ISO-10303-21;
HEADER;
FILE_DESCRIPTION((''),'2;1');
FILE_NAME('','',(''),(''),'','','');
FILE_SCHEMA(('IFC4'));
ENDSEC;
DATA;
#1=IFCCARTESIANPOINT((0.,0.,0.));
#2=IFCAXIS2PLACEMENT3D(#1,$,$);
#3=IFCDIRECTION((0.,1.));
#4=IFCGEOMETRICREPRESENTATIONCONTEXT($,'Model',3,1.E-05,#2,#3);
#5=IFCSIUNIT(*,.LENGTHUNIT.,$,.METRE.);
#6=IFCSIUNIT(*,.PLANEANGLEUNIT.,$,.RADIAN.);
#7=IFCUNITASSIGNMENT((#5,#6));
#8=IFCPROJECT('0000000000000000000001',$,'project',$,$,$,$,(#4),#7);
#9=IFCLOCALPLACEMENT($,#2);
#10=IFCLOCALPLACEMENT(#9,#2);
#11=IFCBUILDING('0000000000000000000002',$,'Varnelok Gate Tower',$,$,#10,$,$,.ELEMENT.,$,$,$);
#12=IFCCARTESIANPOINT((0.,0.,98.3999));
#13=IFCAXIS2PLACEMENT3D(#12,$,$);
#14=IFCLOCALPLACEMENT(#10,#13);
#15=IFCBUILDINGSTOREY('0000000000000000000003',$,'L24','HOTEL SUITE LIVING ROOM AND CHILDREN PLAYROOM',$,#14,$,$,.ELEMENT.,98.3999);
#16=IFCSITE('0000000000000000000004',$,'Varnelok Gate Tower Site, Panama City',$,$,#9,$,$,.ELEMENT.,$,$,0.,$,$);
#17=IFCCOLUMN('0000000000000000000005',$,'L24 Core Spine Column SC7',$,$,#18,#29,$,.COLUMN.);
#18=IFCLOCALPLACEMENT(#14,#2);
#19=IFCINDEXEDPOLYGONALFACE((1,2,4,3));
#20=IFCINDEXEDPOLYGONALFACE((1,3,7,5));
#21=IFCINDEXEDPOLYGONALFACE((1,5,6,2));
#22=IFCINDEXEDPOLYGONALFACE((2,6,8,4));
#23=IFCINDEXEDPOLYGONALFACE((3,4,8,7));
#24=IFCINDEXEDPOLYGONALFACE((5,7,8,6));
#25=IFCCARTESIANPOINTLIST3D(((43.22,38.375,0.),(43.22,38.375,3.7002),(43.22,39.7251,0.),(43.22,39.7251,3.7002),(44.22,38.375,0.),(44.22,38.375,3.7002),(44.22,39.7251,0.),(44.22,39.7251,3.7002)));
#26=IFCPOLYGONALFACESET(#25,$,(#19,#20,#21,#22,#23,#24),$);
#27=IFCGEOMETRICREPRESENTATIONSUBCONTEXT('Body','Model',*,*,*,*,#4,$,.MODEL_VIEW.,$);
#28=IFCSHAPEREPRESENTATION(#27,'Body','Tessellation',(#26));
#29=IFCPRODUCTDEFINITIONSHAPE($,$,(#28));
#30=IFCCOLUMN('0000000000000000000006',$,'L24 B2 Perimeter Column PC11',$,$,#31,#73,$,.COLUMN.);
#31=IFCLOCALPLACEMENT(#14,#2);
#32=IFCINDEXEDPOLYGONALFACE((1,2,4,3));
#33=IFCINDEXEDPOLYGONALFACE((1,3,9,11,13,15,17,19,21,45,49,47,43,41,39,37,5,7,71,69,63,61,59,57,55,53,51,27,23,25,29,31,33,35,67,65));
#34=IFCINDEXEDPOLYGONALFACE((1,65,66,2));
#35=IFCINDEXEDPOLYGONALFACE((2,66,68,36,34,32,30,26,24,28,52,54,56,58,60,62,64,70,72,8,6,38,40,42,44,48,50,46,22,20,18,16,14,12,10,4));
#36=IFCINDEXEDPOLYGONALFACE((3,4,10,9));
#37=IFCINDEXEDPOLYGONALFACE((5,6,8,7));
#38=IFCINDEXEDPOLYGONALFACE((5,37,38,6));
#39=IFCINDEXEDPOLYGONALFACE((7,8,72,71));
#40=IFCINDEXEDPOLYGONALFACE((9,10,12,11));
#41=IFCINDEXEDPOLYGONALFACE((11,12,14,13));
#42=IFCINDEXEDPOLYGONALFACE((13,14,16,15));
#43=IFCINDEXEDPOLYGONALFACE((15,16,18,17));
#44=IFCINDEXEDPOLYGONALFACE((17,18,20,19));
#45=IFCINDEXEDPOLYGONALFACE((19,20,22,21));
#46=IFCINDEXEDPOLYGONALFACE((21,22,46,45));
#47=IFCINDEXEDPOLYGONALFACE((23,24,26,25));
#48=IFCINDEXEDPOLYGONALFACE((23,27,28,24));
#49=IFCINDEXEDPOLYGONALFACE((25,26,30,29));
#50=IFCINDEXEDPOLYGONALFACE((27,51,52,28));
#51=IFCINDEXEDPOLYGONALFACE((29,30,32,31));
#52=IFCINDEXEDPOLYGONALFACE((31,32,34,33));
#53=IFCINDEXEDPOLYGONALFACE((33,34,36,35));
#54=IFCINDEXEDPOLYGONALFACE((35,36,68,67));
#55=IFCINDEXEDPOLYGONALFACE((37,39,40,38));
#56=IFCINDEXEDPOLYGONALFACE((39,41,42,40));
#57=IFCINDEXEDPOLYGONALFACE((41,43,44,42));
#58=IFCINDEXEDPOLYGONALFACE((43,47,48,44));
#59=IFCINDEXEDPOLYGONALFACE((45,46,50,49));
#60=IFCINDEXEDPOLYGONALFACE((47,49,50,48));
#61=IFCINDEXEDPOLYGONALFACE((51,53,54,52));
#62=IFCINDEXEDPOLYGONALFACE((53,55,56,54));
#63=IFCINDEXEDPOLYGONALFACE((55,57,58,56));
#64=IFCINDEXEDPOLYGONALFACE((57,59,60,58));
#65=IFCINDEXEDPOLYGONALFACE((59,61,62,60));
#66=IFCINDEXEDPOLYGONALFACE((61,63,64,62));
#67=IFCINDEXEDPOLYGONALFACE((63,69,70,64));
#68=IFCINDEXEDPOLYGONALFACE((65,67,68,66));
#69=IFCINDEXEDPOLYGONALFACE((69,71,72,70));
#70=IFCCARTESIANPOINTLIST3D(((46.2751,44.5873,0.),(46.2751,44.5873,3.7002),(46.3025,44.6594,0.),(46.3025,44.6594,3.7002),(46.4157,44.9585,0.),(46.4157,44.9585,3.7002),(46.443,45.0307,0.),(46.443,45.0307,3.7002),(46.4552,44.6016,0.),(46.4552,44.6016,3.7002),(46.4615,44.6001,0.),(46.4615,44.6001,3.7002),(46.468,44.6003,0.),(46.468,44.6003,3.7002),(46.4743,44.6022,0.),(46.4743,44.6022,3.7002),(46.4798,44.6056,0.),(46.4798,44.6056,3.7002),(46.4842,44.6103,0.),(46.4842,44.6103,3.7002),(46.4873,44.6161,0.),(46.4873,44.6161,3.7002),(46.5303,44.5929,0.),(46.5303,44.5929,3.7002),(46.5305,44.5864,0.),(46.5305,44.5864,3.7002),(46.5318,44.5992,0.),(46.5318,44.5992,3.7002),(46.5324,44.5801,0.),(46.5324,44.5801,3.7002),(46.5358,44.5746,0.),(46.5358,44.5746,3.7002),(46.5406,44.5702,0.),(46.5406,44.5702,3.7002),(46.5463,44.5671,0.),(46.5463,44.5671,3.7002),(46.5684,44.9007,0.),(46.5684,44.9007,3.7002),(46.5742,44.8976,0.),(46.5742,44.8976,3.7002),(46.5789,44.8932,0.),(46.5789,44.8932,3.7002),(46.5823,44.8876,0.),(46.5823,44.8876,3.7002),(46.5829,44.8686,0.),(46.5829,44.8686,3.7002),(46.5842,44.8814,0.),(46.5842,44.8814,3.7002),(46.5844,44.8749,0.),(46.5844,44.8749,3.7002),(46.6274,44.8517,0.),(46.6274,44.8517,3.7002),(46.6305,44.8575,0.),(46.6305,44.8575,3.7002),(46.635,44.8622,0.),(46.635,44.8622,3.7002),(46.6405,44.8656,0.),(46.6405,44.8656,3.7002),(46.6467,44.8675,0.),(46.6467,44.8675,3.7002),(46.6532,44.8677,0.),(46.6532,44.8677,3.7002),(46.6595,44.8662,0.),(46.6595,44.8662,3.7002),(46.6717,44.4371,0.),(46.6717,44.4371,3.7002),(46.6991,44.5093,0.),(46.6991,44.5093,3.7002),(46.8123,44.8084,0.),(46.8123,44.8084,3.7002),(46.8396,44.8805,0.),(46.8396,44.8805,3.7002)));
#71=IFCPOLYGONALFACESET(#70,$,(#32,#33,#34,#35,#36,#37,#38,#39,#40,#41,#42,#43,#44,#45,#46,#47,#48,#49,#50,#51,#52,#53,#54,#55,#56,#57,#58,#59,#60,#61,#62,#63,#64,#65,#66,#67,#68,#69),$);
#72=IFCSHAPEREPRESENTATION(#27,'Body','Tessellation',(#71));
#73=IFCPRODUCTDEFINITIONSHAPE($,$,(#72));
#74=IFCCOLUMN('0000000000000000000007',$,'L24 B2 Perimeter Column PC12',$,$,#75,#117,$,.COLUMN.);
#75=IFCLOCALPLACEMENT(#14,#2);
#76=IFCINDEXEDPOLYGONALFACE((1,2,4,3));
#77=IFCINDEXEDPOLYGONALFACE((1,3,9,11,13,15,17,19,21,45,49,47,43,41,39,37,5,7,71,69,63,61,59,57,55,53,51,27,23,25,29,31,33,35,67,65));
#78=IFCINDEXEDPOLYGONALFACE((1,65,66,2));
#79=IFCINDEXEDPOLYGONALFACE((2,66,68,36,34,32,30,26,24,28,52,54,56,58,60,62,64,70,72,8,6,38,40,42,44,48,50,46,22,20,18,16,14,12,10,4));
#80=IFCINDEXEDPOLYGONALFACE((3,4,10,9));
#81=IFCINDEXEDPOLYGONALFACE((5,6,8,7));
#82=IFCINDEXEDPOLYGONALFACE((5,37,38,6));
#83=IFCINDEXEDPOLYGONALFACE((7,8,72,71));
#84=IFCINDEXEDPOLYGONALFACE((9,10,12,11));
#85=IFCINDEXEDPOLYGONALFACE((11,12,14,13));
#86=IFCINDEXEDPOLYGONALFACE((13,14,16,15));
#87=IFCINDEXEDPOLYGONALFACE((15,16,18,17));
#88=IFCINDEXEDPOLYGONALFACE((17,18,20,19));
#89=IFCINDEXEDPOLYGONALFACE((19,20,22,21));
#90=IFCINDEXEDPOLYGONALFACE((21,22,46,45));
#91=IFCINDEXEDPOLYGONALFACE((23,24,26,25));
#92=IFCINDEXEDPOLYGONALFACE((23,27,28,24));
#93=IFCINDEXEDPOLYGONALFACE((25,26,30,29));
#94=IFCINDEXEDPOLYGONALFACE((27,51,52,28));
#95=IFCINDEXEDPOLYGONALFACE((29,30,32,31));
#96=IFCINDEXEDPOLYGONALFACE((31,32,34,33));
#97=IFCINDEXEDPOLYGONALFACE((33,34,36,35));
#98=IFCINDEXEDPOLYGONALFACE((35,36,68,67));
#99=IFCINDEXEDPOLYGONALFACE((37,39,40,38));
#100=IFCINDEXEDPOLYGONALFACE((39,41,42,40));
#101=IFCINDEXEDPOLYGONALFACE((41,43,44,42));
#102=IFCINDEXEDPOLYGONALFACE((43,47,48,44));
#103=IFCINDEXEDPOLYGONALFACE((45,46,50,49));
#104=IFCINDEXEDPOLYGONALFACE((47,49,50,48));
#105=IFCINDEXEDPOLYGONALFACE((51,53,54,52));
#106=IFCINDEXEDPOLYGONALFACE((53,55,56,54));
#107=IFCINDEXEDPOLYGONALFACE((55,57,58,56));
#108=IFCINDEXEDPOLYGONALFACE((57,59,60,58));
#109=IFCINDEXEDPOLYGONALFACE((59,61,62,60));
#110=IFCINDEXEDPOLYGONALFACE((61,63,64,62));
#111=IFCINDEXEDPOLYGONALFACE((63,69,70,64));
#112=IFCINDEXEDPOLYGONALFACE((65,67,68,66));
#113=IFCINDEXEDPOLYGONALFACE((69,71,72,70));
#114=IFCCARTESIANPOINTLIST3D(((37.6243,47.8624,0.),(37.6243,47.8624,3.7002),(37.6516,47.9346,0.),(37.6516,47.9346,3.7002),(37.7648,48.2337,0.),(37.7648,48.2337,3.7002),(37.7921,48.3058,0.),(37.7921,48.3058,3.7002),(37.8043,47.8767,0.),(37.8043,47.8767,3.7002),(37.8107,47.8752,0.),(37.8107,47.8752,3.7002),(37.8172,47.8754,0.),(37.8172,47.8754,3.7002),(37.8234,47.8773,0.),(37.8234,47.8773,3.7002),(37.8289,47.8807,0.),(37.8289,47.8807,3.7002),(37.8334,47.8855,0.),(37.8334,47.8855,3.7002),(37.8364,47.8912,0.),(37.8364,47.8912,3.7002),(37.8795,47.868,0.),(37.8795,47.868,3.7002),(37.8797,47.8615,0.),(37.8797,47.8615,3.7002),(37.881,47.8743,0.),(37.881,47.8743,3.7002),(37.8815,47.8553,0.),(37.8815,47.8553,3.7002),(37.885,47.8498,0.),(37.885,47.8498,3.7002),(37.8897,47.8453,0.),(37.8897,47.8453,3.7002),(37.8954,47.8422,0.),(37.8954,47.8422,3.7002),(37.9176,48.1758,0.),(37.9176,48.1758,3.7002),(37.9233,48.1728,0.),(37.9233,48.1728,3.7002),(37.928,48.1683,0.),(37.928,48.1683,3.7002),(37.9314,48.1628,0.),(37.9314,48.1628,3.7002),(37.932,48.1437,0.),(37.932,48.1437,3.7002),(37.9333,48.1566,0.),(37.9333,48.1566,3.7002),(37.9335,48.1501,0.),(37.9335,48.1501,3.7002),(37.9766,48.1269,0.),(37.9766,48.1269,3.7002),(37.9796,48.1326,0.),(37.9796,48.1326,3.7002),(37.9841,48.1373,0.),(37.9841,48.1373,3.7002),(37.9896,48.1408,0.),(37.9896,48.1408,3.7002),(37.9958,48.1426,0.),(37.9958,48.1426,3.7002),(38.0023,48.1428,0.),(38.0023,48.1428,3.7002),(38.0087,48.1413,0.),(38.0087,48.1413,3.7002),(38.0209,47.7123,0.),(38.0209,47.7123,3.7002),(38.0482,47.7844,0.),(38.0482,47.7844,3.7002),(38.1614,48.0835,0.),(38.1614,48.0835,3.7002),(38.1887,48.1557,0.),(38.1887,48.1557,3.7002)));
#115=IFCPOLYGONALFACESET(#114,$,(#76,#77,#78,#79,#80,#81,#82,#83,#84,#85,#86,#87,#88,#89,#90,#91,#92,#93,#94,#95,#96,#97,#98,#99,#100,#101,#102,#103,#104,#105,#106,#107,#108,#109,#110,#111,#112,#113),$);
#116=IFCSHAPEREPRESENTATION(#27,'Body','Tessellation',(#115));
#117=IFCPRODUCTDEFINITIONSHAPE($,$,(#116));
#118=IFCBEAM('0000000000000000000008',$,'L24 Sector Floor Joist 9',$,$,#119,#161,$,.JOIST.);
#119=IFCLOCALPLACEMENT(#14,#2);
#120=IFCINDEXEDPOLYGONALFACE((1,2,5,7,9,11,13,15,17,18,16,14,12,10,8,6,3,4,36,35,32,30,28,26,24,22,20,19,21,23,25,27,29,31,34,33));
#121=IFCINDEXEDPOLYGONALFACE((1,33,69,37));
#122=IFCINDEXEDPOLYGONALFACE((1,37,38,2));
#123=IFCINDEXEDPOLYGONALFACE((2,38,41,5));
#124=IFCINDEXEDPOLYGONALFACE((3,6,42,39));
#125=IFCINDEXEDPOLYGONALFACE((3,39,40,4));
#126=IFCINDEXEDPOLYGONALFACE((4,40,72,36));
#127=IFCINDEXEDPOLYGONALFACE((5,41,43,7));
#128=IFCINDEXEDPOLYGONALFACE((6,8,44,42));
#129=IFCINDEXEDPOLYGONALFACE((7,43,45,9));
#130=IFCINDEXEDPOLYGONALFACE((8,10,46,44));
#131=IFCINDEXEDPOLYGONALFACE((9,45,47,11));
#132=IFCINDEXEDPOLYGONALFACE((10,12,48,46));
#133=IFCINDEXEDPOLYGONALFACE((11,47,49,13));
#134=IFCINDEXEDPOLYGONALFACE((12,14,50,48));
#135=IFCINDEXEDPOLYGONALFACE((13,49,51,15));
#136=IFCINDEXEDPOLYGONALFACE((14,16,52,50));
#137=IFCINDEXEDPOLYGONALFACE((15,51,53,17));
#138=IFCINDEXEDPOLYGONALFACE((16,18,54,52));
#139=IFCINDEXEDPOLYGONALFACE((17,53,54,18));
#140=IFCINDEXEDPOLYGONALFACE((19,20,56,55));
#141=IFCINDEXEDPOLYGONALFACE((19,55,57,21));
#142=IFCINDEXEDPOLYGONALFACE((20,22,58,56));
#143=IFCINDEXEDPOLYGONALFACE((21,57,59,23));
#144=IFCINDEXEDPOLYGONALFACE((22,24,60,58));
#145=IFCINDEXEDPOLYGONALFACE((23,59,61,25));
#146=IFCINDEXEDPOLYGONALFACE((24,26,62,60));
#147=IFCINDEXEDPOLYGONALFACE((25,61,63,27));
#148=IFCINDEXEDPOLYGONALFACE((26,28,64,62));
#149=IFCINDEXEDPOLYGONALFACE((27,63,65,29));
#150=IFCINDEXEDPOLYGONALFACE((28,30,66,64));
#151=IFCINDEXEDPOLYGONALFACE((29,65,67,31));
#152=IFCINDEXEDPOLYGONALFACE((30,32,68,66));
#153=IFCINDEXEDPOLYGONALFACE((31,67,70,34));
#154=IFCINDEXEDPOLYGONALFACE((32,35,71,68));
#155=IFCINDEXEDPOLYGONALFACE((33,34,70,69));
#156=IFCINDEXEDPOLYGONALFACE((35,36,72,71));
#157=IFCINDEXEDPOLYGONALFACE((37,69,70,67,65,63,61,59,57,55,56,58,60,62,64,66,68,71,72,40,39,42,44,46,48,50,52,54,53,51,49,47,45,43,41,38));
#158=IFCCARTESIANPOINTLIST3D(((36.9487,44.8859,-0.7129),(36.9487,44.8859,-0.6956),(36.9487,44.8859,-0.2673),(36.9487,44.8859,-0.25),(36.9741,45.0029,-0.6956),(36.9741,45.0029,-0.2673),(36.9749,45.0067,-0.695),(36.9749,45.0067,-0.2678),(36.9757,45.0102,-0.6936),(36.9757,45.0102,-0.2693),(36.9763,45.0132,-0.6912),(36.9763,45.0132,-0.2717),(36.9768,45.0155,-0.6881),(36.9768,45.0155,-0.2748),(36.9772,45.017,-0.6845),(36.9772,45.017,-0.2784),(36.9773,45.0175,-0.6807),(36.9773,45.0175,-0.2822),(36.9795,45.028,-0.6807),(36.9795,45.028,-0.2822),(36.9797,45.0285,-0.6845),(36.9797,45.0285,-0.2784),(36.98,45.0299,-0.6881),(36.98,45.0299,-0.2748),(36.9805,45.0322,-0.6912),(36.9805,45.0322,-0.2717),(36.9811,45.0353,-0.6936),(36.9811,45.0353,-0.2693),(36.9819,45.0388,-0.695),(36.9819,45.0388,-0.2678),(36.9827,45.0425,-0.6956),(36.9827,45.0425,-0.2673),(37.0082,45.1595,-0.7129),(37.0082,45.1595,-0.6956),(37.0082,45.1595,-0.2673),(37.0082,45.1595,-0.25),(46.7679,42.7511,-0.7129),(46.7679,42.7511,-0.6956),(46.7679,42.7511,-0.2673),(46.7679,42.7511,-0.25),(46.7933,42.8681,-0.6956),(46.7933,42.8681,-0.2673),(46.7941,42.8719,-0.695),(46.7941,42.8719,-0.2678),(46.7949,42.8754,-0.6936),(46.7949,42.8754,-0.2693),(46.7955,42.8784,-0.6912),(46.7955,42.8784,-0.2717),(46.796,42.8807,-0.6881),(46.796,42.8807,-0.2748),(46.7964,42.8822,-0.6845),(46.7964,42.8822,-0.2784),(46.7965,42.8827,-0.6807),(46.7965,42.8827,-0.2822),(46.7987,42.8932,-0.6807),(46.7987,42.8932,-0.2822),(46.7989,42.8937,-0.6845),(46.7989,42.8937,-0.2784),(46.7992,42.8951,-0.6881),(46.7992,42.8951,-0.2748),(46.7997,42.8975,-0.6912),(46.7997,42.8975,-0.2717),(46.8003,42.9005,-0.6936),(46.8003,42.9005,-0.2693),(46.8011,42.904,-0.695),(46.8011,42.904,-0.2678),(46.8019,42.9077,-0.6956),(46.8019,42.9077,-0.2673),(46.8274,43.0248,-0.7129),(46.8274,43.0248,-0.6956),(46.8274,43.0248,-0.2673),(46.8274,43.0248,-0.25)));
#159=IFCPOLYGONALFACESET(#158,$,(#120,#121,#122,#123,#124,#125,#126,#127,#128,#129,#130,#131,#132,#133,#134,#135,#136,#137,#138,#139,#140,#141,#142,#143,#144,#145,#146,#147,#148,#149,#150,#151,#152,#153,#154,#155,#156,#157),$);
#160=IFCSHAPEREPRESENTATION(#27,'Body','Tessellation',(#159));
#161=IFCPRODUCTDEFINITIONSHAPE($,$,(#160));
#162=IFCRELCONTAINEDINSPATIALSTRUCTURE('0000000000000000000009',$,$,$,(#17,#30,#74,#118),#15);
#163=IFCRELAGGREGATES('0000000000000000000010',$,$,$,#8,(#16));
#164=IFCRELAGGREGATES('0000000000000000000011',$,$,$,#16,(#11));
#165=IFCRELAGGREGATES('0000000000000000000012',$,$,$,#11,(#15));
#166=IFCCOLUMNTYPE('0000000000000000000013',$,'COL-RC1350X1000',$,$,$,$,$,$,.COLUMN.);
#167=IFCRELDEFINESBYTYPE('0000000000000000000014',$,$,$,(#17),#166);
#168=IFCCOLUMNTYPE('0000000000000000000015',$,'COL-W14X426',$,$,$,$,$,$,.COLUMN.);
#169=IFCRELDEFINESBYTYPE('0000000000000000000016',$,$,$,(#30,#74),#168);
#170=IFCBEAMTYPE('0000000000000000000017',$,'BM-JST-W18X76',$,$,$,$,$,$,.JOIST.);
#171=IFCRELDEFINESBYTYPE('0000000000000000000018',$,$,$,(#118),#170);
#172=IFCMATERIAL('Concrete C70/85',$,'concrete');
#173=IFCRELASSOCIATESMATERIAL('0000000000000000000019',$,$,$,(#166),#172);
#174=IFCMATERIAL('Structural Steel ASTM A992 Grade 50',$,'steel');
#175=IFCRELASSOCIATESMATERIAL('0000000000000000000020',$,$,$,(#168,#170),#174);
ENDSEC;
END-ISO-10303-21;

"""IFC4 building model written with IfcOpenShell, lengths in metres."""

from ifc_helpers import new_model, si_unit, direction, frame, origin, origin_2d, place, context, subcontext, project, spatial, rectangle, i_section, extrude, material, material_profile, profile_set, type_object, element, save


model = new_model("IFC4")

# Units and contexts
model_context = context("Model", 3, precision=1e-05, world=origin(), true_north=direction((0.0, 1.0)))
body_context = subcontext(model_context, "Body", "Model", "MODEL_VIEW")
ifc_project = project(units=[si_unit("LENGTHUNIT", "METRE"), si_unit("PLANEANGLEUNIT", "RADIAN")], contexts=[model_context])

# Site, building, storey
site_placement = place(None, origin())
site = spatial("IfcSite", under=ifc_project, at=site_placement, Name="Varnelok Gate Tower Site, Panama City", CompositionType="ELEMENT", RefElevation=0.0)
building_placement = place(site_placement, origin())
building = spatial("IfcBuilding", under=site, at=building_placement, Name="Varnelok Gate Tower", CompositionType="ELEMENT")
storey_placement = place(building_placement, frame((0.0, 0.0, 98.3999)))
storey = spatial("IfcBuildingStorey", under=building, at=storey_placement, Name="L24", Description="HOTEL SUITE LIVING ROOM AND CHILDREN PLAYROOM", CompositionType="ELEMENT", Elevation=98.3999)

# Columns
ifc_material_1 = material(Name="Concrete C70/85", Category="concrete")
ifc_material_profile_1 = material_profile(ifc_material_1, rectangle(XDim=1.0, YDim=1.3501, at=origin_2d()), Name="RC1350X1000")
ifc_profile_set_1 = profile_set([ifc_material_profile_1], Name="Concrete C70/85")
column_type_1 = type_object("IfcColumnType", Name="COL-RC1350X1000", PredefinedType="COLUMN", material=ifc_profile_set_1)
column_placement = place(storey_placement, frame((43.72, 39.05, 0.0), z_axis=(0.0, 0.0, 1.0), x_axis=(1.0, 0.0, 0.0)))
element("IfcColumn", 1, at=column_placement, inside=storey, type_object=column_type_1, Name="L24 Core Spine Column SC7", PredefinedType="COLUMN", context=body_context, shape_type="SweptSolid", body=[
    extrude(rectangle(XDim=1.0, YDim=1.3501, at=origin_2d()), origin(), (0.0, 0.0, 1.0), 3.7002),
])
ifc_material_2 = material(Name="Structural Steel ASTM A992 Grade 50", Category="steel")
ifc_material_profile_2 = material_profile(ifc_material_2, i_section(OverallWidth=0.4241, OverallDepth=0.4741, WebThickness=0.0476, FlangeThickness=0.0771, FilletRadius=0.0249, at=origin_2d()), Name="W14X426")
ifc_profile_set_2 = profile_set([ifc_material_profile_2], Name="Structural Steel ASTM A992 Grade 50")
column_type_2 = type_object("IfcColumnType", Name="COL-W14X426", PredefinedType="COLUMN", material=ifc_profile_set_2)
for number, where, z_axis, x_axis, name in (
    (2, (46.5574, 44.7339, 0.0), (0.0, 0.0, 1.0), (0.935222, -0.354063, 0.0), "L24 B2 Perimeter Column PC11"),
    (3, (37.9065, 48.009, 0.0), (0.0, 0.0, 1.0), (0.935222, -0.354063, 0.0), "L24 B2 Perimeter Column PC12"),
):
    element("IfcColumn", number, at=place(storey_placement, frame(where, z_axis=z_axis, x_axis=x_axis)), inside=storey, type_object=column_type_2, Name=name, PredefinedType="COLUMN", context=body_context, shape_type="SweptSolid", body=[
        extrude(i_section(OverallWidth=0.4241, OverallDepth=0.4741, WebThickness=0.0476, FlangeThickness=0.0771, FilletRadius=0.0249, at=origin_2d()), origin(), (0.0, 0.0, 1.0), 3.7002),
    ])

# Beam
ifc_material_profile_3 = material_profile(ifc_material_2, i_section(OverallWidth=0.28, OverallDepth=0.4629, WebThickness=0.0107, FlangeThickness=0.0173, FilletRadius=0.0149, at=origin_2d()), Name="W18X76")
ifc_profile_set_3 = profile_set([ifc_material_profile_3], Name="Structural Steel ASTM A992 Grade 50")
beam_type_1 = type_object("IfcBeamType", Name="BM-JST-W18X76", PredefinedType="JOIST", material=ifc_profile_set_3)
beam_1_placement = place(storey_placement, frame((46.7976, 42.8879, -0.4814), z_axis=(-0.977173, 0.212447, 0.0), x_axis=(-0.212447, -0.977173, 0.0)))
element("IfcBeam", 4, at=beam_1_placement, inside=storey, type_object=beam_type_1, Name="L24 Sector Floor Joist 9", PredefinedType="JOIST", context=body_context, shape_type="SweptSolid", body=[
    extrude(i_section(OverallWidth=0.28, OverallDepth=0.4629, WebThickness=0.0107, FlangeThickness=0.0173, FilletRadius=0.0149, at=origin_2d()), origin(), (0.0, 0.0, 1.0), 10.0486),
])

save(model, "model.ifc")
